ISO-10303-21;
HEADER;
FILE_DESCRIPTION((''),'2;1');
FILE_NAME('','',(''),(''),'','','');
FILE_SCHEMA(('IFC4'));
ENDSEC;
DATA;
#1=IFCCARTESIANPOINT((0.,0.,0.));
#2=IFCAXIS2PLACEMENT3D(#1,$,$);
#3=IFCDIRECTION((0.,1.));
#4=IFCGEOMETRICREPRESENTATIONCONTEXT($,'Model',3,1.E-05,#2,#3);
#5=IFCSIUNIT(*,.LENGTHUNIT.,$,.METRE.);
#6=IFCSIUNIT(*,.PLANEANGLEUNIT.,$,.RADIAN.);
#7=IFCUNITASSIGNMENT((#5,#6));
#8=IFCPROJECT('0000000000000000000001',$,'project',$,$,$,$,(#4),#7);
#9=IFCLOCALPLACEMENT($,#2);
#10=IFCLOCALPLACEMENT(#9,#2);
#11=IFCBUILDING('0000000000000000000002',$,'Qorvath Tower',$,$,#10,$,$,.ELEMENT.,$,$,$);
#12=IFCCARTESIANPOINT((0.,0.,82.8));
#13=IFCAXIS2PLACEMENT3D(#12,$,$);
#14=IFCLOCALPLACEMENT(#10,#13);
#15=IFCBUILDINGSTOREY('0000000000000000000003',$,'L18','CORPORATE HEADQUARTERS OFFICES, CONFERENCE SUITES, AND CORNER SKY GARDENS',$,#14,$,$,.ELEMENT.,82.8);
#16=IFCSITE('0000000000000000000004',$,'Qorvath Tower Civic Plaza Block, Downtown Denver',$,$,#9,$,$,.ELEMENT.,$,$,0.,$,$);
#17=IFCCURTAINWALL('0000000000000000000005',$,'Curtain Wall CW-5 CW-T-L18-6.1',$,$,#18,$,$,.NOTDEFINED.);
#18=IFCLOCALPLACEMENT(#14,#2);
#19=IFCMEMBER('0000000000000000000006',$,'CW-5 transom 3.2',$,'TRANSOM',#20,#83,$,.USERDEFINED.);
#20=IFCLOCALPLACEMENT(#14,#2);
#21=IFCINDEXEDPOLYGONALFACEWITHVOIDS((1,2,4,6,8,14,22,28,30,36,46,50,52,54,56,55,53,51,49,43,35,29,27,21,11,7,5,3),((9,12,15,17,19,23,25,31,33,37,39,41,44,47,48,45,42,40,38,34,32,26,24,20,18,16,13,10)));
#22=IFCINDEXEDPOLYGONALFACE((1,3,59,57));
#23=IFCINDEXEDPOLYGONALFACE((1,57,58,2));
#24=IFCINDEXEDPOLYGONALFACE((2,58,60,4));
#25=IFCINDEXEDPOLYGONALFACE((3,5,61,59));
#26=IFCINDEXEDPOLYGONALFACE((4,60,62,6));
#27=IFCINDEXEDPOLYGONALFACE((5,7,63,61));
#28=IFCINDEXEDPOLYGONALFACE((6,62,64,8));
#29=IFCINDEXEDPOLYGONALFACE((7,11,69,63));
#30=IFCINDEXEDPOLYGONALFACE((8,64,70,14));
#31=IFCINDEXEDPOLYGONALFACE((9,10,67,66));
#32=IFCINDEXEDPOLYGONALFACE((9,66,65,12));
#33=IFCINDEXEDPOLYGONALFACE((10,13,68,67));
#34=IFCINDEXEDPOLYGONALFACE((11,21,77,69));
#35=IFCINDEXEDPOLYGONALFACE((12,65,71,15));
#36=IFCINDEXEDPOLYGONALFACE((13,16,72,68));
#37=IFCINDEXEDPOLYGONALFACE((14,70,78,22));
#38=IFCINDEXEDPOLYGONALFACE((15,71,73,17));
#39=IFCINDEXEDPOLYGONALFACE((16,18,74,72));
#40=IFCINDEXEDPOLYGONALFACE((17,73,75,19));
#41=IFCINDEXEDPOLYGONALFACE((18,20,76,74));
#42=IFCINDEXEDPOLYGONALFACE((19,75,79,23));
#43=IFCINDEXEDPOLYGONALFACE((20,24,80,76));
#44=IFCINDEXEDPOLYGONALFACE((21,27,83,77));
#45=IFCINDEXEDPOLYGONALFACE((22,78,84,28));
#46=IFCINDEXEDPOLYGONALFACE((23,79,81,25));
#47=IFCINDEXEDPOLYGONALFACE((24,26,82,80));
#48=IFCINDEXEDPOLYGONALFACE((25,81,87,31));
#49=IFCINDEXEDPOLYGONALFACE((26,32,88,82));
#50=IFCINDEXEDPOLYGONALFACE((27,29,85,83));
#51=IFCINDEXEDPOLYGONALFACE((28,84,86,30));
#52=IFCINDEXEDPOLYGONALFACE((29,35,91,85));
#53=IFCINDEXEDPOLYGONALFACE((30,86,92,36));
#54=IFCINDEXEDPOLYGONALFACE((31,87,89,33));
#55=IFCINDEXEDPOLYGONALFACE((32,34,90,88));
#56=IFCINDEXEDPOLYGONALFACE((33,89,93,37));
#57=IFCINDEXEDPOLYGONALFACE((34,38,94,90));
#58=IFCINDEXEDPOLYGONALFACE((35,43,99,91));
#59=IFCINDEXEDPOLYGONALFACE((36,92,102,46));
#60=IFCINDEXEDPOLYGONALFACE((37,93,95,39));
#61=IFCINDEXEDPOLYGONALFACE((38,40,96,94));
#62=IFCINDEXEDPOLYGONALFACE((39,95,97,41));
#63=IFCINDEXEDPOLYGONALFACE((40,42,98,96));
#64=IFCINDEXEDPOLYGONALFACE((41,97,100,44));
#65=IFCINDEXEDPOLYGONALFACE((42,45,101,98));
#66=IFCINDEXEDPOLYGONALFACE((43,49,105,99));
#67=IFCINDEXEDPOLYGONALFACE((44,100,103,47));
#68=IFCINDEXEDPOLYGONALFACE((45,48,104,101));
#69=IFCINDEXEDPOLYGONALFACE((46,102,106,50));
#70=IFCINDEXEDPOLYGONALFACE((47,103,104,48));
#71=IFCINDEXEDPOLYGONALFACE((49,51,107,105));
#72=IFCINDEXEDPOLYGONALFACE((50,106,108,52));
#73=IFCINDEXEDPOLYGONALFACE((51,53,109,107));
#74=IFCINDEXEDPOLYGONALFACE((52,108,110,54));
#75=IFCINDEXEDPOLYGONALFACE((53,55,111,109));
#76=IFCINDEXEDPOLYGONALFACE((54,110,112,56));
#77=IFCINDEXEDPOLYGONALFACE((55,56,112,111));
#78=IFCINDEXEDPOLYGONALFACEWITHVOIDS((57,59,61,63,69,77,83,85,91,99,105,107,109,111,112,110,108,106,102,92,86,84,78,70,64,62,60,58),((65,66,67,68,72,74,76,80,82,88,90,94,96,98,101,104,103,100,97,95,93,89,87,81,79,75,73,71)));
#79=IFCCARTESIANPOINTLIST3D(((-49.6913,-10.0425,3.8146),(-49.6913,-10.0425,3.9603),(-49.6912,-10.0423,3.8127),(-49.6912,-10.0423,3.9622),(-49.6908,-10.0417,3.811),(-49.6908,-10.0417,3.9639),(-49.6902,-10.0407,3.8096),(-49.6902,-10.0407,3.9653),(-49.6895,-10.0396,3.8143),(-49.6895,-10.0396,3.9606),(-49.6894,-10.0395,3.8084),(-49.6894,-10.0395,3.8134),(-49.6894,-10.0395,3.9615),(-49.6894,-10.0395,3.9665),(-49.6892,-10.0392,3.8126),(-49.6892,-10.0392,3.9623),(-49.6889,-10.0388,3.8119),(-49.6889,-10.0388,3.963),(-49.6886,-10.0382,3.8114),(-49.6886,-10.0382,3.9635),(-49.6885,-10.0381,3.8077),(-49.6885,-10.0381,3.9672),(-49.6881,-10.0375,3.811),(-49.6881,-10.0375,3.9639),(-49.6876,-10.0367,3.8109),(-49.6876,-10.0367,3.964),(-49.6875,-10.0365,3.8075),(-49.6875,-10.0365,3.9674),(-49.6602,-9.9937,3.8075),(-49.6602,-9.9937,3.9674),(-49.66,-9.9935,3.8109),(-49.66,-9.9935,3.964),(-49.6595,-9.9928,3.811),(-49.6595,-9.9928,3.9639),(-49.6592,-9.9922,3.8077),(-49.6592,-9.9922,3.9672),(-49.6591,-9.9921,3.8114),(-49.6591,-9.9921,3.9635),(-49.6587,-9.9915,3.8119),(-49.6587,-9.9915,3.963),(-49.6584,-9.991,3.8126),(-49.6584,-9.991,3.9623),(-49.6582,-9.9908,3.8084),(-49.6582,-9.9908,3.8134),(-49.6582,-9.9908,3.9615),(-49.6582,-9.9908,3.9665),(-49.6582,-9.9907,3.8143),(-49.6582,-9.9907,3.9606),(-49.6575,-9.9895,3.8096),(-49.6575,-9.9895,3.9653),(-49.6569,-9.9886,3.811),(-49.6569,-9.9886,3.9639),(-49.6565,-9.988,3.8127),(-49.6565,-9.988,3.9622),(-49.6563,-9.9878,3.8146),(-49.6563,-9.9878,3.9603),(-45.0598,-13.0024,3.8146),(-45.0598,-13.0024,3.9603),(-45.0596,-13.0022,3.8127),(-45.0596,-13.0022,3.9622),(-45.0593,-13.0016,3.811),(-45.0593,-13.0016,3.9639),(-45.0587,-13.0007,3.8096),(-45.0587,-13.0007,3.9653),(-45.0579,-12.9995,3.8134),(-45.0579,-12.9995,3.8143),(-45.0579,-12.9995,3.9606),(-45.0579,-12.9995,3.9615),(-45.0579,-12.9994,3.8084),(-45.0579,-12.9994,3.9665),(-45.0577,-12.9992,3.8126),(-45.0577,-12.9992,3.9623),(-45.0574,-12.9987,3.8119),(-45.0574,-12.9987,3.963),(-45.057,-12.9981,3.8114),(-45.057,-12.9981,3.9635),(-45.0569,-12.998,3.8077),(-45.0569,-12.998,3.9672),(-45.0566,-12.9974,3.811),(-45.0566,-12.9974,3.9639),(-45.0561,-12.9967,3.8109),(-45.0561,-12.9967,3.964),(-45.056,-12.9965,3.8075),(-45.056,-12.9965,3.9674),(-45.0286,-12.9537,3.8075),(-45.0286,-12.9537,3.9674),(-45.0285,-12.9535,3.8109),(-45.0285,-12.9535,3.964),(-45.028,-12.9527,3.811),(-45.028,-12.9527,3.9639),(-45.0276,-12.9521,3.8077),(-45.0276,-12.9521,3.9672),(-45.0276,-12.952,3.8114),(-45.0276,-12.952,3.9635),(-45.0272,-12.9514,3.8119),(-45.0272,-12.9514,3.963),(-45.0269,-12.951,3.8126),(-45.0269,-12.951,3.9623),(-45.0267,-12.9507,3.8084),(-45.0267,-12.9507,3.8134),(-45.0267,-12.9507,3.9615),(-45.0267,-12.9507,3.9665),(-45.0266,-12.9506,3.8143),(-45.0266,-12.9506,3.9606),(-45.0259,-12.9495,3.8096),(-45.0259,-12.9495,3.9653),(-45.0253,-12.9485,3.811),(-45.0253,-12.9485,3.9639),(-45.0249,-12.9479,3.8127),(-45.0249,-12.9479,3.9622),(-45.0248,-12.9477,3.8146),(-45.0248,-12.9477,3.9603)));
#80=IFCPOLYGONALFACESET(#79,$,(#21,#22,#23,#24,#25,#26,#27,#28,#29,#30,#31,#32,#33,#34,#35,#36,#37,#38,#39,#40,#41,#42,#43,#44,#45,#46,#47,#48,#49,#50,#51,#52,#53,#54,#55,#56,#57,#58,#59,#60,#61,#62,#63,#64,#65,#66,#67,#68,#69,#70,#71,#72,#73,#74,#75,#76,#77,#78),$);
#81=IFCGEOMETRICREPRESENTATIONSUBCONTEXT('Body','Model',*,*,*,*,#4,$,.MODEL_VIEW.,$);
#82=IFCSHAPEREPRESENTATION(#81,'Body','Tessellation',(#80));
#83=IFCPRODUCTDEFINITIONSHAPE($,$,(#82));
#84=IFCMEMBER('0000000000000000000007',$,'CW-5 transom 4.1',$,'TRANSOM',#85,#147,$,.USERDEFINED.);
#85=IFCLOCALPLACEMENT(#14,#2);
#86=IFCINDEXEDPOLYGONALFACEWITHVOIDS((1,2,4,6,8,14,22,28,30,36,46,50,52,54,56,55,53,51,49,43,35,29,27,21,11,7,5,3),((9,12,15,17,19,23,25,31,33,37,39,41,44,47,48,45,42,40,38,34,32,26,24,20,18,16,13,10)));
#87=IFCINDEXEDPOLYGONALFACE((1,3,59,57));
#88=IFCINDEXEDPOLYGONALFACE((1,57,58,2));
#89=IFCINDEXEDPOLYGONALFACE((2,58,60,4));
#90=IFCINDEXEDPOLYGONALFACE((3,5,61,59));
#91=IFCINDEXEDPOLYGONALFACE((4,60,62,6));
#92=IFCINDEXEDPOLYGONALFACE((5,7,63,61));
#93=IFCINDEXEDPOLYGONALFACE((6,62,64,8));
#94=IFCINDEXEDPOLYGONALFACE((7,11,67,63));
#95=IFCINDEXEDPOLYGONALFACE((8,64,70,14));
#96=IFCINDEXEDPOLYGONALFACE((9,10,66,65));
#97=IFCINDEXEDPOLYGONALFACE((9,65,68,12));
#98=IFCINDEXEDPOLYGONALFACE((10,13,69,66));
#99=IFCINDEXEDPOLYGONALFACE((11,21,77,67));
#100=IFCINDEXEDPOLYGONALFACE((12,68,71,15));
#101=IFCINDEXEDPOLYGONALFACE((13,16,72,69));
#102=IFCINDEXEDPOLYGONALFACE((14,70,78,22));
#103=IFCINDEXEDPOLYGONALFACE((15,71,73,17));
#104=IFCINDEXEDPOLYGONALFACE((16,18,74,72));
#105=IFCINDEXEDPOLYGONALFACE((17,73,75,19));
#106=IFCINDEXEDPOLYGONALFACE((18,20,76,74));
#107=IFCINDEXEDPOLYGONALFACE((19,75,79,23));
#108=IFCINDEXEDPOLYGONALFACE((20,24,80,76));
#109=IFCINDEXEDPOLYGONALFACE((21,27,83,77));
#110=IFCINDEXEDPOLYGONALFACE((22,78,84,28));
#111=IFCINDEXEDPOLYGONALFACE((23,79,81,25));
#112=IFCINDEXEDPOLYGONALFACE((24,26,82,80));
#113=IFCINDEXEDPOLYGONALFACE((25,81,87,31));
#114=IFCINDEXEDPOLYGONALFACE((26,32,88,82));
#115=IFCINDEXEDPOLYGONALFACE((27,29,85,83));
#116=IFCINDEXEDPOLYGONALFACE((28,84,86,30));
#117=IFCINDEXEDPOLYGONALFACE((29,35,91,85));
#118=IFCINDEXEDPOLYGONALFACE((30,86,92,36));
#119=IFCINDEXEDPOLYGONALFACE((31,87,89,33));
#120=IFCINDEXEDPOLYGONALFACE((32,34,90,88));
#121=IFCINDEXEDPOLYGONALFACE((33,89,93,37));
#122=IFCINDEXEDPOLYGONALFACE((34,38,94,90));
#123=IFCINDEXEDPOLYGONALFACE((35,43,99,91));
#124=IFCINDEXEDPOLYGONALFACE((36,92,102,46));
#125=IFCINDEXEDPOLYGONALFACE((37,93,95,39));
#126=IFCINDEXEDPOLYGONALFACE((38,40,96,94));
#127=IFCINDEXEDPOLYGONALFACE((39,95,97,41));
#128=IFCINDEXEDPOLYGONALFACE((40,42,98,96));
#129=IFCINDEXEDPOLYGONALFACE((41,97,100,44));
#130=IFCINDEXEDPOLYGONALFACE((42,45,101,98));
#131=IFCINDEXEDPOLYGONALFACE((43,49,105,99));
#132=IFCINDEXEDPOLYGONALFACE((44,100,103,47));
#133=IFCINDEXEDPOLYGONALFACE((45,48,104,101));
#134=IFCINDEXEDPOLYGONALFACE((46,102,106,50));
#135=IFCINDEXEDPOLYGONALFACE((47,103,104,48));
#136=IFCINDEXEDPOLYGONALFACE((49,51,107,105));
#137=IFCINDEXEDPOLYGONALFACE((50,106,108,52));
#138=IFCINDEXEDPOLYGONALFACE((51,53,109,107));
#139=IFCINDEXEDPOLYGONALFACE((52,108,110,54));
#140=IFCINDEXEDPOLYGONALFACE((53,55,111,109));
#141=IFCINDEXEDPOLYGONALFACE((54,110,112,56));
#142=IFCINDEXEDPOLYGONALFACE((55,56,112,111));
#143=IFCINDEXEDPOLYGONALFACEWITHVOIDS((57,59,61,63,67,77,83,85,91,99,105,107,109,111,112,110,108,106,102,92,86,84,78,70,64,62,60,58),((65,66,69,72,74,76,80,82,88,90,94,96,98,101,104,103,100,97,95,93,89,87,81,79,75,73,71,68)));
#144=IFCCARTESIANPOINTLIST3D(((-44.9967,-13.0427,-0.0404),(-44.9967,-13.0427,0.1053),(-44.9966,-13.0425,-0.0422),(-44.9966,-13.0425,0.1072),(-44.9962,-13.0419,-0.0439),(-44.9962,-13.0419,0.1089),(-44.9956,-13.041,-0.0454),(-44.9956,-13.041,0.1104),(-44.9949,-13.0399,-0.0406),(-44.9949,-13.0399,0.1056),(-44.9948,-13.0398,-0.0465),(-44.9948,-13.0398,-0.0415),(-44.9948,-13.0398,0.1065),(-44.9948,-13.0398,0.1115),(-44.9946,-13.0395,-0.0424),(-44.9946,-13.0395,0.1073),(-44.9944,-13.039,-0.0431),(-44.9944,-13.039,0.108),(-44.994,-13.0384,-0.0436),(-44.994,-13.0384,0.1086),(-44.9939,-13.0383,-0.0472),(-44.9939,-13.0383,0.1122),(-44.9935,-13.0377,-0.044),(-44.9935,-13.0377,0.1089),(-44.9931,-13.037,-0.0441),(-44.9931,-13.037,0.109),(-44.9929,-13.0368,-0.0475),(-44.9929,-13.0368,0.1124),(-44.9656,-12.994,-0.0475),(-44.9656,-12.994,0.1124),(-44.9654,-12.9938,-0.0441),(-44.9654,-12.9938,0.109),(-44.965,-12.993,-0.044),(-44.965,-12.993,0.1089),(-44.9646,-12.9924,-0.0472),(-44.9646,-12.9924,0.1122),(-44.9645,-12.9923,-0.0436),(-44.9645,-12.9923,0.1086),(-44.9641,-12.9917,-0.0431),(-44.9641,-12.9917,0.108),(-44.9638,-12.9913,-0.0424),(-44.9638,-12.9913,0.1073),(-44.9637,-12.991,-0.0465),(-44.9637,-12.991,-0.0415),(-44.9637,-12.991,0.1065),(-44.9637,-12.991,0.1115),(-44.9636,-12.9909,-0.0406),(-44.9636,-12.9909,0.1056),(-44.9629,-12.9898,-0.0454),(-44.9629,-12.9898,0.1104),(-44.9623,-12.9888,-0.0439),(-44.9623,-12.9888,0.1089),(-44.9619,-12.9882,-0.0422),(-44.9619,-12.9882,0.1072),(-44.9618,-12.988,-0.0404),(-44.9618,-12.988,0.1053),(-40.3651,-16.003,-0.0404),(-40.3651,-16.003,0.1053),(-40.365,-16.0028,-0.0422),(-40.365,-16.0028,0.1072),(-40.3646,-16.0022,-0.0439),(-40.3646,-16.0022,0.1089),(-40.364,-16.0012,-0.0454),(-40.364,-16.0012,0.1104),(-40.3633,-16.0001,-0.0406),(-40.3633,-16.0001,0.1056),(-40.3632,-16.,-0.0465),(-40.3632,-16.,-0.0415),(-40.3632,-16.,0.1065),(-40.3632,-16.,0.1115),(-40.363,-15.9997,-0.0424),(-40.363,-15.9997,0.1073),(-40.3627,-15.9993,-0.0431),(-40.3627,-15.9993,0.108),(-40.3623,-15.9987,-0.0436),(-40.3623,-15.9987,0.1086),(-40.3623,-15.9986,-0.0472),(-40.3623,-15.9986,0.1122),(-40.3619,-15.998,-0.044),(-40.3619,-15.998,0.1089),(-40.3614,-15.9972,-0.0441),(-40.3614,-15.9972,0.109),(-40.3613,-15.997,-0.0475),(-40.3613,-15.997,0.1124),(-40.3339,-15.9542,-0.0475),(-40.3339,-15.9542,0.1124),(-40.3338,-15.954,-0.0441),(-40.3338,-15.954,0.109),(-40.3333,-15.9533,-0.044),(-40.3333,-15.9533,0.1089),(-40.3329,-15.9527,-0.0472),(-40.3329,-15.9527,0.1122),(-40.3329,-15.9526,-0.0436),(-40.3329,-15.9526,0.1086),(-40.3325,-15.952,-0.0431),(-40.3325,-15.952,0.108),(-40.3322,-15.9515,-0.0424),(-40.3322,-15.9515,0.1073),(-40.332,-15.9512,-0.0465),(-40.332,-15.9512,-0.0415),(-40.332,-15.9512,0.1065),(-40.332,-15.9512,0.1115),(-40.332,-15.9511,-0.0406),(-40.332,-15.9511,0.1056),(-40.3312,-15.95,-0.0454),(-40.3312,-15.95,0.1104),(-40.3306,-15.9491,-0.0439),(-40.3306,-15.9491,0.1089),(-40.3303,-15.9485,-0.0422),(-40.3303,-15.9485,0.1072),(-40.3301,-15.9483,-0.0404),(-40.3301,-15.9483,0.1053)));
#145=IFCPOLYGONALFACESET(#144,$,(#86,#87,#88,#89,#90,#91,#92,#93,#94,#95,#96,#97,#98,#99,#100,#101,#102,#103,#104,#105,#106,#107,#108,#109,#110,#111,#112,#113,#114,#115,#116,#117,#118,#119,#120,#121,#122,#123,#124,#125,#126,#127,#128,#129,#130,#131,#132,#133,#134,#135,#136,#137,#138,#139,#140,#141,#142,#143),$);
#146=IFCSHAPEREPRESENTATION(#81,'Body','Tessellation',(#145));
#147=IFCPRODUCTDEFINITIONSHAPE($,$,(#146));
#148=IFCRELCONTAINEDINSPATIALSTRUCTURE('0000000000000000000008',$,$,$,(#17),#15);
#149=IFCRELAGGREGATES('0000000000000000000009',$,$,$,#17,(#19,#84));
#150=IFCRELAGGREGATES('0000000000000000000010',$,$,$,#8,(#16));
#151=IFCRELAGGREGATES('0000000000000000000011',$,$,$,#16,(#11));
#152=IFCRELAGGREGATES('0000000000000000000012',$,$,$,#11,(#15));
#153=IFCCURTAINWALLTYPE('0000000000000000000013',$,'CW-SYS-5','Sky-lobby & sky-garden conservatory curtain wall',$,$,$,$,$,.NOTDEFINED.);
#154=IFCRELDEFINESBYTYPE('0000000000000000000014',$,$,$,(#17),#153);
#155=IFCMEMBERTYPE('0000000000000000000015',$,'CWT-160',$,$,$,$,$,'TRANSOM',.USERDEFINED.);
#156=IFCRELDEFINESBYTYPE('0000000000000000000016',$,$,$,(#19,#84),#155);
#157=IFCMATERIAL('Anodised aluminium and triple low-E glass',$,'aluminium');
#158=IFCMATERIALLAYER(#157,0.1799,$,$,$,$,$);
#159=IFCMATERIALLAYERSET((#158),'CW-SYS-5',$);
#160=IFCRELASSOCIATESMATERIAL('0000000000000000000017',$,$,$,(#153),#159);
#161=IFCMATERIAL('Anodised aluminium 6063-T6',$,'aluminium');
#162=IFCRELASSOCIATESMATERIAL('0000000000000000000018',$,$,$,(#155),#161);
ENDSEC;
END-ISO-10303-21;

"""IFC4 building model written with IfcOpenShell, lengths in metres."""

from ifc_helpers import new_model, si_unit, direction, frame, origin, origin_2d, place, context, subcontext, project, spatial, hollow_rectangle, extrude, material, layer, layer_set, material_profile, profile_set, type_object, element, aggregate, save


model = new_model("IFC4")

# Units and contexts
model_context = context("Model", 3, precision=1e-05, world=origin(), true_north=direction((0.0, 1.0)))
body_context = subcontext(model_context, "Body", "Model", "MODEL_VIEW")
ifc_project = project(units=[si_unit("LENGTHUNIT", "METRE"), si_unit("PLANEANGLEUNIT", "RADIAN")], contexts=[model_context])

# Site, building, storey
site_placement = place(None, origin())
site = spatial("IfcSite", under=ifc_project, at=site_placement, Name="Qorvath Tower Civic Plaza Block, Downtown Denver", CompositionType="ELEMENT", RefElevation=0.0)
building_placement = place(site_placement, origin())
building = spatial("IfcBuilding", under=site, at=building_placement, Name="Qorvath Tower", CompositionType="ELEMENT")
storey_placement = place(building_placement, frame((0.0, 0.0, 82.8)))
storey = spatial("IfcBuildingStorey", under=building, at=storey_placement, Name="L18", Description="CORPORATE HEADQUARTERS OFFICES, CONFERENCE SUITES, AND CORNER SKY GARDENS", CompositionType="ELEMENT", Elevation=82.8)

# Shared definitions
ifc_material_1 = material(Name="Anodised aluminium and triple low-E glass", Category="aluminium")
ifc_layer_1 = layer(ifc_material_1, 0.1799)
ifc_layer_set_1 = layer_set([ifc_layer_1], Name="CW-SYS-5")
curtain_wall_type = type_object("IfcCurtainWallType", Name="CW-SYS-5", Description="Sky-lobby & sky-garden conservatory curtain wall", PredefinedType="NOTDEFINED", material=ifc_layer_set_1)

# Curtain wall, members
curtain_wall_1_placement = place(storey_placement, origin())
curtain_wall_1 = element("IfcCurtainWall", 1, at=curtain_wall_1_placement, inside=storey, type_object=curtain_wall_type, Name="Curtain Wall CW-5 CW-T-L18-6.1", PredefinedType="NOTDEFINED")
ifc_material_2 = material(Name="Anodised aluminium 6063-T6", Category="aluminium")
ifc_material_profile_1 = material_profile(ifc_material_2, hollow_rectangle(XDim=0.0649, YDim=0.1599, WallThickness=0.0034, InnerFilletRadius=0.0034, OuterFilletRadius=0.0071, at=origin_2d()), Name="CWT 160x65")
ifc_profile_set_1 = profile_set([ifc_material_profile_1], Name="Anodised aluminium 6063-T6")
member_type_1 = type_object("IfcMemberType", Name="CWT-160", ElementType="TRANSOM", PredefinedType="USERDEFINED", material=ifc_profile_set_1)
member_1_placement = place(storey_placement, frame((-49.6738, -10.0151, 3.8875), z_axis=(0.842623, -0.538504, 0.0), x_axis=(0.538504, 0.842623, 0.0)))
member_1 = element("IfcMember", 2, at=member_1_placement, type_object=member_type_1, Name="CW-5 transom 3.2", ObjectType="TRANSOM", PredefinedType="USERDEFINED", context=body_context, shape_type="SweptSolid", body=[
    extrude(hollow_rectangle(XDim=0.0649, YDim=0.1599, WallThickness=0.0034, InnerFilletRadius=0.0034, OuterFilletRadius=0.0071, at=origin_2d()), origin(), (0.0, 0.0, 1.0), 5.4966),
])
member_2_placement = place(storey_placement, frame((-44.9792, -13.0154, 0.0325), z_axis=(0.842603, -0.538536, 0.0), x_axis=(0.538536, 0.842603, 0.0)))
member_2 = element("IfcMember", 3, at=member_2_placement, type_object=member_type_1, Name="CW-5 transom 4.1", ObjectType="TRANSOM", PredefinedType="USERDEFINED", context=body_context, shape_type="SweptSolid", body=[
    extrude(hollow_rectangle(XDim=0.0649, YDim=0.1599, WallThickness=0.0034, InnerFilletRadius=0.0034, OuterFilletRadius=0.0071, at=origin_2d()), origin(), (0.0, 0.0, 1.0), 5.4968),
])

aggregate(curtain_wall_1, [member_1, member_2])

save(model, "model.ifc")
